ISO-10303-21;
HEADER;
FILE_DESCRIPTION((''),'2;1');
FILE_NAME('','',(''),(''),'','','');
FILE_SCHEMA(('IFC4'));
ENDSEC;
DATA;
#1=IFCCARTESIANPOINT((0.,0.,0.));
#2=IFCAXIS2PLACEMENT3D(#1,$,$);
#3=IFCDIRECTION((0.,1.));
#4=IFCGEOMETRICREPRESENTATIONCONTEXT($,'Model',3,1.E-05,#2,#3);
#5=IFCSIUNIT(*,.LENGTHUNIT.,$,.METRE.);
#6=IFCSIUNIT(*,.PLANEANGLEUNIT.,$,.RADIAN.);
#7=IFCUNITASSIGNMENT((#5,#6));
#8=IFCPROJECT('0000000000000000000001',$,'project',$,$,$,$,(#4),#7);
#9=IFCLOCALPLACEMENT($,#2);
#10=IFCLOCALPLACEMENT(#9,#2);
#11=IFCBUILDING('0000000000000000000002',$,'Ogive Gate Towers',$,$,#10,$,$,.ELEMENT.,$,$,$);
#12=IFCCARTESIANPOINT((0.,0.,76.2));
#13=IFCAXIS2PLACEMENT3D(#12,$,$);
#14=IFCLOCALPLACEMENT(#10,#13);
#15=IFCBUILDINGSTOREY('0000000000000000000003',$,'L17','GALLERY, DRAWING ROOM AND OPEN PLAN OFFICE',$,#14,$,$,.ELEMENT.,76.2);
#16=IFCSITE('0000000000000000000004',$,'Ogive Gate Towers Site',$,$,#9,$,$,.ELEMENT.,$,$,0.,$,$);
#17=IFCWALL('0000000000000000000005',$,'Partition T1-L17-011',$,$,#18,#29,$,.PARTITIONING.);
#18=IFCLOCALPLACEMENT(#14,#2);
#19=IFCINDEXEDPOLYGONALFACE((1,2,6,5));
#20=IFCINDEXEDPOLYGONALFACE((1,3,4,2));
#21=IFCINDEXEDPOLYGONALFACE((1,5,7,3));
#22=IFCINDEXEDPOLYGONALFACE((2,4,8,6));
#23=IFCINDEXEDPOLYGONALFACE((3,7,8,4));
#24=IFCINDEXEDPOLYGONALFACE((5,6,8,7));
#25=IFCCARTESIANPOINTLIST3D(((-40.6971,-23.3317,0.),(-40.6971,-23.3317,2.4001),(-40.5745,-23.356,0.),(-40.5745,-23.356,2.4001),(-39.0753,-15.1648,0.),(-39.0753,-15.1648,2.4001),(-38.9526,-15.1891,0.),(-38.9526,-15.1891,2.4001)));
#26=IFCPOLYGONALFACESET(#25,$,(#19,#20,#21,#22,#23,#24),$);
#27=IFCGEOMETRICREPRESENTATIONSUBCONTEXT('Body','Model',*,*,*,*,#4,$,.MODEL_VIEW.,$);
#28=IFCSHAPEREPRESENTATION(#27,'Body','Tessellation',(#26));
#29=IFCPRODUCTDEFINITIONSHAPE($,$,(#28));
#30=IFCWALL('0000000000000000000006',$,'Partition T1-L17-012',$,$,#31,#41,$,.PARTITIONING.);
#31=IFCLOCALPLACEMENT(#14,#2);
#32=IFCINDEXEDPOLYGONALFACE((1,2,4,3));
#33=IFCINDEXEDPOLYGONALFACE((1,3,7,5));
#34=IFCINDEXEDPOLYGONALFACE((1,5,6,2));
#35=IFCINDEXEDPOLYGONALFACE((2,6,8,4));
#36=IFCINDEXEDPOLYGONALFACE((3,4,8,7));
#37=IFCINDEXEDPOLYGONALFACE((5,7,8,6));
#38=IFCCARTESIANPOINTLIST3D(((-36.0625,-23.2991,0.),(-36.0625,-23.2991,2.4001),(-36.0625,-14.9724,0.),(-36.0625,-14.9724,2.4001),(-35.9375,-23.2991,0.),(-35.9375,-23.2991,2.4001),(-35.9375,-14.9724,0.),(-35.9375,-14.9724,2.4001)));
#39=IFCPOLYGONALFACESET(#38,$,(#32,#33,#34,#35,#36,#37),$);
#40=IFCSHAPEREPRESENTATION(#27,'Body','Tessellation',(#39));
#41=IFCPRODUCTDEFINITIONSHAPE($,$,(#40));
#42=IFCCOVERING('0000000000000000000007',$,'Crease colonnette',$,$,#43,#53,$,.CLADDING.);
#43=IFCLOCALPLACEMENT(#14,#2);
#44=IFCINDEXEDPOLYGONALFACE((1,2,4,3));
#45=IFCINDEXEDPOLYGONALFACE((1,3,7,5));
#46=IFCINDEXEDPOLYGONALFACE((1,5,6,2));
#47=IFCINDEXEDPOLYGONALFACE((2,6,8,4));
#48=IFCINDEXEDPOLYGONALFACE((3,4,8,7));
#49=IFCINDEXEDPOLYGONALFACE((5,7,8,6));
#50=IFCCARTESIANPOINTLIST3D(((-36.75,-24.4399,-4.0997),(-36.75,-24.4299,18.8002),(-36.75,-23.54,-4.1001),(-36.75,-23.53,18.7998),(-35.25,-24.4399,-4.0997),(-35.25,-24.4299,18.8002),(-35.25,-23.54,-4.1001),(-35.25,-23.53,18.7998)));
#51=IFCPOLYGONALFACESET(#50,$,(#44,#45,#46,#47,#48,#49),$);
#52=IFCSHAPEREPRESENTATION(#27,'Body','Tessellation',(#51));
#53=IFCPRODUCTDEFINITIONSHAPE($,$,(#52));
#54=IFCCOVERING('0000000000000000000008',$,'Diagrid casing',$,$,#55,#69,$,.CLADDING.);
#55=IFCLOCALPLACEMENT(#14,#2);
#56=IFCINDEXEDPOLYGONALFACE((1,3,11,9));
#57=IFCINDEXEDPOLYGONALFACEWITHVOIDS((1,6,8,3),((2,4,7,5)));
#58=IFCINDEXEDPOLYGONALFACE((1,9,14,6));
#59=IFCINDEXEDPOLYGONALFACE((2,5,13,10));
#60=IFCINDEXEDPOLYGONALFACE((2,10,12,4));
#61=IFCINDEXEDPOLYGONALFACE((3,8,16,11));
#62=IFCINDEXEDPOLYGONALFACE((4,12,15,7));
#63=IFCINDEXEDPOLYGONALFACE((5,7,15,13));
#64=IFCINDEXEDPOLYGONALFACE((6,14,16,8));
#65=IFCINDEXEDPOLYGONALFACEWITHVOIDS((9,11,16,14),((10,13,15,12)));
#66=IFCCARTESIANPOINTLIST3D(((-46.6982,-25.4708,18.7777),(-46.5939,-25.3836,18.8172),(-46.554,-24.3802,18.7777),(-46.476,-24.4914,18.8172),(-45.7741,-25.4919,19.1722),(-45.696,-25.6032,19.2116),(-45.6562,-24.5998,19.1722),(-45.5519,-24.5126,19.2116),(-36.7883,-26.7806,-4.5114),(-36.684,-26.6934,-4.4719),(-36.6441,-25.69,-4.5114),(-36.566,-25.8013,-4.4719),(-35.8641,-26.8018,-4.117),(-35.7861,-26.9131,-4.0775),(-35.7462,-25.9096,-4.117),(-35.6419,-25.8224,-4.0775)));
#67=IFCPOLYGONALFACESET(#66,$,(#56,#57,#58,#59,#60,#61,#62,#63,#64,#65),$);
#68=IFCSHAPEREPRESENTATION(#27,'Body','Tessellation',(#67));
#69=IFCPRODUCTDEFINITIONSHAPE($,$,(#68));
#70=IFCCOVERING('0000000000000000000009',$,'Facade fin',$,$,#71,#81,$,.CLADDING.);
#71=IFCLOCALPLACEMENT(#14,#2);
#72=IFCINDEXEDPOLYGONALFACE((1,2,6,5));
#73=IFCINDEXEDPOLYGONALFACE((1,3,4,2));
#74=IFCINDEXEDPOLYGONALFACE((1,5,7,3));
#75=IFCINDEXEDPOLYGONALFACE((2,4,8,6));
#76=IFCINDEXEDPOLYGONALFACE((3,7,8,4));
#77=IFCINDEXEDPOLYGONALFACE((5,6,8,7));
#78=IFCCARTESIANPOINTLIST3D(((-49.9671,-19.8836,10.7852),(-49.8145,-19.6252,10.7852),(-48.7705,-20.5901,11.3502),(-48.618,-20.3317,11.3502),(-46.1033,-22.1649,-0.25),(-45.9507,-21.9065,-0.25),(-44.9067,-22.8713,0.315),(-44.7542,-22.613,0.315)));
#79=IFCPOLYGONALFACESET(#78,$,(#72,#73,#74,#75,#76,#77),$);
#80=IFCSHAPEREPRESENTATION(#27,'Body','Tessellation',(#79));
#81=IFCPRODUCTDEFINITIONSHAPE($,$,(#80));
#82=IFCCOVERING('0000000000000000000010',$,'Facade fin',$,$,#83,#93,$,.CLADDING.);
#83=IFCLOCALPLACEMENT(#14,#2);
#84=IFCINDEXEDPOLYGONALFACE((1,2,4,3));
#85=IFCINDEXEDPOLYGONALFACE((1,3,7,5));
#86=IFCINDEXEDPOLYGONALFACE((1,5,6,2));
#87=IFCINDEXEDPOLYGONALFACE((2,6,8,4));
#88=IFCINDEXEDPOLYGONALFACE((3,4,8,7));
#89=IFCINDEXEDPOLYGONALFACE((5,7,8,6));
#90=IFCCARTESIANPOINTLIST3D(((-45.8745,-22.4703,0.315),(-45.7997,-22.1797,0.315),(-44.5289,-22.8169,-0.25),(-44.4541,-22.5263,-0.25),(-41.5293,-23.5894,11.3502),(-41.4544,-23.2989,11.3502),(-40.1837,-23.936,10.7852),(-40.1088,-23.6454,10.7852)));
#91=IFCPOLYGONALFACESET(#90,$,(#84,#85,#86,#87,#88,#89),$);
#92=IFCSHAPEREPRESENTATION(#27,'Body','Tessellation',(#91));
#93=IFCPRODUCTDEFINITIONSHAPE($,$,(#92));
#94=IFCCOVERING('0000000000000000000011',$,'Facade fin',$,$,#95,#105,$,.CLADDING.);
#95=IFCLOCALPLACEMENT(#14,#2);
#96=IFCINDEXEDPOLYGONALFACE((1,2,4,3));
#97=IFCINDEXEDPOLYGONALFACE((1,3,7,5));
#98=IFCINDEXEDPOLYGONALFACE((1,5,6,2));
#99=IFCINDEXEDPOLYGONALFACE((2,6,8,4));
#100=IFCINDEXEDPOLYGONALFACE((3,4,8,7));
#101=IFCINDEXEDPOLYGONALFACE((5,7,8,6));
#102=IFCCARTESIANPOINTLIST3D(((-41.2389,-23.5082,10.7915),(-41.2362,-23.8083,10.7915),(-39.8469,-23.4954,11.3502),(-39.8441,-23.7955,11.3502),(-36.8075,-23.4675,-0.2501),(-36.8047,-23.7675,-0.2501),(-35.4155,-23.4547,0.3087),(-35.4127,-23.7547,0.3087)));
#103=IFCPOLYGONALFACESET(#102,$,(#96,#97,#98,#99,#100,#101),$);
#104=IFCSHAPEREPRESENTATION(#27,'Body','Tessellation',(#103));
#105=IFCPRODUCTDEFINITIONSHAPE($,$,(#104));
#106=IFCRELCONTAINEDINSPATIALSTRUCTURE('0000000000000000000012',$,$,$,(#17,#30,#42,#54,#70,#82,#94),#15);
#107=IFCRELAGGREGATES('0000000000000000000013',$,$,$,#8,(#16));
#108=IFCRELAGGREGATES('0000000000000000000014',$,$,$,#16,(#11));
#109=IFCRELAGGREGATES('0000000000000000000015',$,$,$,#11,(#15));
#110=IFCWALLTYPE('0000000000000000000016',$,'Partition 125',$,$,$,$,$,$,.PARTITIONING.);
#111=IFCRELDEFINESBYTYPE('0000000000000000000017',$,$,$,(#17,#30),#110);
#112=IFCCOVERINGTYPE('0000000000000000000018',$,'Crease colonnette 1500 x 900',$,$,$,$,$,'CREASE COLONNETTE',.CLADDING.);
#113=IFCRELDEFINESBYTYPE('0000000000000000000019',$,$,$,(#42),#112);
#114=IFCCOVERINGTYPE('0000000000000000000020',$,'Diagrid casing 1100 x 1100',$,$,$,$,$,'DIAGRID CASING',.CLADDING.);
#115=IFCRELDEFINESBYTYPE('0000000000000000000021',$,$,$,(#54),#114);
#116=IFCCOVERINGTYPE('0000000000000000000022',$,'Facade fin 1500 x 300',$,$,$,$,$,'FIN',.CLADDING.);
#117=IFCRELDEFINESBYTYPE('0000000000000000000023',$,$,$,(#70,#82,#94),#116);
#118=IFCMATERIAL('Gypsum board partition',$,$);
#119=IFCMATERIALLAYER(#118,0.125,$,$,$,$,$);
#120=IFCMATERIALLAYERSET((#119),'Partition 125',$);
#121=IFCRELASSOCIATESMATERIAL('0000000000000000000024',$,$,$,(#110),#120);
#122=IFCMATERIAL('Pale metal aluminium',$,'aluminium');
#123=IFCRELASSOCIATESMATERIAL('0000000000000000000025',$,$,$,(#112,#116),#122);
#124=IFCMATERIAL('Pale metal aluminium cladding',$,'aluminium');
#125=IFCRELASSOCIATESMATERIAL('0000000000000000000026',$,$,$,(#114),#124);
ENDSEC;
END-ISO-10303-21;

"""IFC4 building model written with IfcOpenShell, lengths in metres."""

from ifc_helpers import new_model, si_unit, direction, frame, frame_2d, origin, origin_2d, place, context, subcontext, project, spatial, rectangle, hollow_rectangle, extrude, material, layer, layer_set, material_profile, profile_set, type_object, element, save


model = new_model("IFC4")

# Units and contexts
model_context = context("Model", 3, precision=1e-05, world=origin(), true_north=direction((0.0, 1.0)))
body_context = subcontext(model_context, "Body", "Model", "MODEL_VIEW")
ifc_project = project(units=[si_unit("LENGTHUNIT", "METRE"), si_unit("PLANEANGLEUNIT", "RADIAN")], contexts=[model_context])

# Site, building, storey
site_placement = place(None, origin())
site = spatial("IfcSite", under=ifc_project, at=site_placement, Name="Ogive Gate Towers Site", CompositionType="ELEMENT", RefElevation=0.0)
building_placement = place(site_placement, origin())
building = spatial("IfcBuilding", under=site, at=building_placement, Name="Ogive Gate Towers", CompositionType="ELEMENT")
storey_placement = place(building_placement, frame((0.0, 0.0, 76.2)))
storey = spatial("IfcBuildingStorey", under=building, at=storey_placement, Name="L17", Description="GALLERY, DRAWING ROOM AND OPEN PLAN OFFICE", CompositionType="ELEMENT", Elevation=76.2)

# Shared definitions
ifc_material_1 = material(Name="Pale metal aluminium", Category="aluminium")

# Walls
ifc_material_2 = material(Name="Gypsum board partition")
ifc_layer_1 = layer(ifc_material_2, 0.125)
ifc_layer_set_1 = layer_set([ifc_layer_1], Name="Partition 125")
wall_type = type_object("IfcWallType", Name="Partition 125", PredefinedType="PARTITIONING", material=ifc_layer_set_1)
wall_1_placement = place(storey_placement, frame((-40.6357, -23.3438, 0.0), z_axis=(0.0, 0.0, 1.0), x_axis=(0.19478, 0.980847, 0.0)))
element("IfcWall", 1, at=wall_1_placement, inside=storey, type_object=wall_type, Name="Partition T1-L17-011", PredefinedType="PARTITIONING", context=body_context, shape_type="SweptSolid", body=[
    extrude(rectangle(XDim=8.3264, YDim=0.125, at=frame_2d((4.1631, 0.0))), origin(), (0.0, 0.0, 1.0), 2.4001),
])
wall_2_placement = place(storey_placement, frame((-36.0, -23.2991, 0.0), z_axis=(0.0, 0.0, 1.0), x_axis=(0.0, 1.0, 0.0)))
element("IfcWall", 2, at=wall_2_placement, inside=storey, type_object=wall_type, Name="Partition T1-L17-012", PredefinedType="PARTITIONING", context=body_context, shape_type="SweptSolid", body=[
    extrude(rectangle(XDim=8.3267, YDim=0.125, at=frame_2d((4.1633, 0.0))), origin(), (0.0, 0.0, 1.0), 2.4001),
])

# Coverings
ifc_material_profile_1 = material_profile(ifc_material_1, rectangle(XDim=1.5, YDim=0.8999, at=origin_2d()), Name="1500 x 900 pale metal aluminium")
ifc_profile_set_1 = profile_set([ifc_material_profile_1], Name="Pale metal aluminium")
covering_type_1 = type_object("IfcCoveringType", Name="Crease colonnette 1500 x 900", ElementType="CREASE COLONNETTE", PredefinedType="CLADDING", material=ifc_profile_set_1)
covering_1_placement = place(storey_placement, frame((-36.0, -23.99, -4.0999), z_axis=(0.0, 0.000437, 1.0), x_axis=(1.0, 0.0, 0.0)))
element("IfcCovering", 3, at=covering_1_placement, inside=storey, type_object=covering_type_1, Name="Crease colonnette", PredefinedType="CLADDING", context=body_context, shape_type="SweptSolid", body=[
    extrude(rectangle(XDim=1.5, YDim=0.8999, at=origin_2d()), origin(), (0.0, 0.0, 1.0), 22.8999),
])
ifc_material_3 = material(Name="Pale metal aluminium cladding", Category="aluminium")
ifc_material_profile_2 = material_profile(ifc_material_3, hollow_rectangle(XDim=1.1001, YDim=1.1001, WallThickness=0.1001, at=origin_2d()), Name="1100 x 1100 pale metal casing")
ifc_profile_set_2 = profile_set([ifc_material_profile_2], Name="Pale metal aluminium cladding")
covering_type_2 = type_object("IfcCoveringType", Name="Diagrid casing 1100 x 1100", ElementType="DIAGRID CASING", PredefinedType="CLADDING", material=ifc_profile_set_2)
covering_2_placement = place(storey_placement, frame((-36.2151, -26.3015, -4.2944), z_axis=(-0.391021, 0.051682, 0.91893), x_axis=(-0.131033, -0.991378, 0.0)))
element("IfcCovering", 4, at=covering_2_placement, inside=storey, type_object=covering_type_2, Name="Diagrid casing", PredefinedType="CLADDING", context=body_context, shape_type="SweptSolid", body=[
    extrude(hollow_rectangle(XDim=1.1001, YDim=1.1001, WallThickness=0.1001, at=origin_2d()), origin(), (0.0, 0.0, 1.0), 25.3438),
])
ifc_material_profile_3 = material_profile(ifc_material_1, rectangle(XDim=0.3, YDim=1.5, at=origin_2d()), Name="1500 x 300 pale metal aluminium")
ifc_profile_set_3 = profile_set([ifc_material_profile_3], Name="Pale metal aluminium")
covering_type_3 = type_object("IfcCoveringType", Name="Facade fin 1500 x 300", ElementType="FIN", PredefinedType="CLADDING", material=ifc_profile_set_3)
for number, where, z_axis, x_axis, name in (
    (5, (-45.4287, -22.3889, 0.0325), (-0.324346, 0.191501, 0.926352), (-0.508418, -0.861111, 0.0), "Facade fin"),
    (6, (-45.1643, -22.4983, 0.0325), (0.36476, -0.093947, 0.92635), (0.249417, 0.968396, 0.0), "Facade fin"),
):
    element("IfcCovering", number, at=place(storey_placement, frame(where, z_axis=z_axis, x_axis=x_axis)), inside=storey, type_object=covering_type_3, Name=name, PredefinedType="CLADDING", context=body_context, shape_type="SweptSolid", body=[
        extrude(rectangle(XDim=0.3, YDim=1.5, at=origin_2d()), origin(), (0.0, 0.0, 1.0), 11.9126),
    ])
covering_3_placement = place(storey_placement, frame((-36.1101, -23.6111, 0.0293), z_axis=(-0.37246, -0.003427, 0.928042), x_axis=(0.0092, -0.999958, 0.0)))
element("IfcCovering", 7, at=covering_3_placement, inside=storey, type_object=covering_type_3, Name="Facade fin", PredefinedType="CLADDING", context=body_context, shape_type="SweptSolid", body=[
    extrude(rectangle(XDim=0.3, YDim=1.5, at=origin_2d()), origin(), (0.0, 0.0, 1.0), 11.8977),
])

save(model, "model.ifc")
